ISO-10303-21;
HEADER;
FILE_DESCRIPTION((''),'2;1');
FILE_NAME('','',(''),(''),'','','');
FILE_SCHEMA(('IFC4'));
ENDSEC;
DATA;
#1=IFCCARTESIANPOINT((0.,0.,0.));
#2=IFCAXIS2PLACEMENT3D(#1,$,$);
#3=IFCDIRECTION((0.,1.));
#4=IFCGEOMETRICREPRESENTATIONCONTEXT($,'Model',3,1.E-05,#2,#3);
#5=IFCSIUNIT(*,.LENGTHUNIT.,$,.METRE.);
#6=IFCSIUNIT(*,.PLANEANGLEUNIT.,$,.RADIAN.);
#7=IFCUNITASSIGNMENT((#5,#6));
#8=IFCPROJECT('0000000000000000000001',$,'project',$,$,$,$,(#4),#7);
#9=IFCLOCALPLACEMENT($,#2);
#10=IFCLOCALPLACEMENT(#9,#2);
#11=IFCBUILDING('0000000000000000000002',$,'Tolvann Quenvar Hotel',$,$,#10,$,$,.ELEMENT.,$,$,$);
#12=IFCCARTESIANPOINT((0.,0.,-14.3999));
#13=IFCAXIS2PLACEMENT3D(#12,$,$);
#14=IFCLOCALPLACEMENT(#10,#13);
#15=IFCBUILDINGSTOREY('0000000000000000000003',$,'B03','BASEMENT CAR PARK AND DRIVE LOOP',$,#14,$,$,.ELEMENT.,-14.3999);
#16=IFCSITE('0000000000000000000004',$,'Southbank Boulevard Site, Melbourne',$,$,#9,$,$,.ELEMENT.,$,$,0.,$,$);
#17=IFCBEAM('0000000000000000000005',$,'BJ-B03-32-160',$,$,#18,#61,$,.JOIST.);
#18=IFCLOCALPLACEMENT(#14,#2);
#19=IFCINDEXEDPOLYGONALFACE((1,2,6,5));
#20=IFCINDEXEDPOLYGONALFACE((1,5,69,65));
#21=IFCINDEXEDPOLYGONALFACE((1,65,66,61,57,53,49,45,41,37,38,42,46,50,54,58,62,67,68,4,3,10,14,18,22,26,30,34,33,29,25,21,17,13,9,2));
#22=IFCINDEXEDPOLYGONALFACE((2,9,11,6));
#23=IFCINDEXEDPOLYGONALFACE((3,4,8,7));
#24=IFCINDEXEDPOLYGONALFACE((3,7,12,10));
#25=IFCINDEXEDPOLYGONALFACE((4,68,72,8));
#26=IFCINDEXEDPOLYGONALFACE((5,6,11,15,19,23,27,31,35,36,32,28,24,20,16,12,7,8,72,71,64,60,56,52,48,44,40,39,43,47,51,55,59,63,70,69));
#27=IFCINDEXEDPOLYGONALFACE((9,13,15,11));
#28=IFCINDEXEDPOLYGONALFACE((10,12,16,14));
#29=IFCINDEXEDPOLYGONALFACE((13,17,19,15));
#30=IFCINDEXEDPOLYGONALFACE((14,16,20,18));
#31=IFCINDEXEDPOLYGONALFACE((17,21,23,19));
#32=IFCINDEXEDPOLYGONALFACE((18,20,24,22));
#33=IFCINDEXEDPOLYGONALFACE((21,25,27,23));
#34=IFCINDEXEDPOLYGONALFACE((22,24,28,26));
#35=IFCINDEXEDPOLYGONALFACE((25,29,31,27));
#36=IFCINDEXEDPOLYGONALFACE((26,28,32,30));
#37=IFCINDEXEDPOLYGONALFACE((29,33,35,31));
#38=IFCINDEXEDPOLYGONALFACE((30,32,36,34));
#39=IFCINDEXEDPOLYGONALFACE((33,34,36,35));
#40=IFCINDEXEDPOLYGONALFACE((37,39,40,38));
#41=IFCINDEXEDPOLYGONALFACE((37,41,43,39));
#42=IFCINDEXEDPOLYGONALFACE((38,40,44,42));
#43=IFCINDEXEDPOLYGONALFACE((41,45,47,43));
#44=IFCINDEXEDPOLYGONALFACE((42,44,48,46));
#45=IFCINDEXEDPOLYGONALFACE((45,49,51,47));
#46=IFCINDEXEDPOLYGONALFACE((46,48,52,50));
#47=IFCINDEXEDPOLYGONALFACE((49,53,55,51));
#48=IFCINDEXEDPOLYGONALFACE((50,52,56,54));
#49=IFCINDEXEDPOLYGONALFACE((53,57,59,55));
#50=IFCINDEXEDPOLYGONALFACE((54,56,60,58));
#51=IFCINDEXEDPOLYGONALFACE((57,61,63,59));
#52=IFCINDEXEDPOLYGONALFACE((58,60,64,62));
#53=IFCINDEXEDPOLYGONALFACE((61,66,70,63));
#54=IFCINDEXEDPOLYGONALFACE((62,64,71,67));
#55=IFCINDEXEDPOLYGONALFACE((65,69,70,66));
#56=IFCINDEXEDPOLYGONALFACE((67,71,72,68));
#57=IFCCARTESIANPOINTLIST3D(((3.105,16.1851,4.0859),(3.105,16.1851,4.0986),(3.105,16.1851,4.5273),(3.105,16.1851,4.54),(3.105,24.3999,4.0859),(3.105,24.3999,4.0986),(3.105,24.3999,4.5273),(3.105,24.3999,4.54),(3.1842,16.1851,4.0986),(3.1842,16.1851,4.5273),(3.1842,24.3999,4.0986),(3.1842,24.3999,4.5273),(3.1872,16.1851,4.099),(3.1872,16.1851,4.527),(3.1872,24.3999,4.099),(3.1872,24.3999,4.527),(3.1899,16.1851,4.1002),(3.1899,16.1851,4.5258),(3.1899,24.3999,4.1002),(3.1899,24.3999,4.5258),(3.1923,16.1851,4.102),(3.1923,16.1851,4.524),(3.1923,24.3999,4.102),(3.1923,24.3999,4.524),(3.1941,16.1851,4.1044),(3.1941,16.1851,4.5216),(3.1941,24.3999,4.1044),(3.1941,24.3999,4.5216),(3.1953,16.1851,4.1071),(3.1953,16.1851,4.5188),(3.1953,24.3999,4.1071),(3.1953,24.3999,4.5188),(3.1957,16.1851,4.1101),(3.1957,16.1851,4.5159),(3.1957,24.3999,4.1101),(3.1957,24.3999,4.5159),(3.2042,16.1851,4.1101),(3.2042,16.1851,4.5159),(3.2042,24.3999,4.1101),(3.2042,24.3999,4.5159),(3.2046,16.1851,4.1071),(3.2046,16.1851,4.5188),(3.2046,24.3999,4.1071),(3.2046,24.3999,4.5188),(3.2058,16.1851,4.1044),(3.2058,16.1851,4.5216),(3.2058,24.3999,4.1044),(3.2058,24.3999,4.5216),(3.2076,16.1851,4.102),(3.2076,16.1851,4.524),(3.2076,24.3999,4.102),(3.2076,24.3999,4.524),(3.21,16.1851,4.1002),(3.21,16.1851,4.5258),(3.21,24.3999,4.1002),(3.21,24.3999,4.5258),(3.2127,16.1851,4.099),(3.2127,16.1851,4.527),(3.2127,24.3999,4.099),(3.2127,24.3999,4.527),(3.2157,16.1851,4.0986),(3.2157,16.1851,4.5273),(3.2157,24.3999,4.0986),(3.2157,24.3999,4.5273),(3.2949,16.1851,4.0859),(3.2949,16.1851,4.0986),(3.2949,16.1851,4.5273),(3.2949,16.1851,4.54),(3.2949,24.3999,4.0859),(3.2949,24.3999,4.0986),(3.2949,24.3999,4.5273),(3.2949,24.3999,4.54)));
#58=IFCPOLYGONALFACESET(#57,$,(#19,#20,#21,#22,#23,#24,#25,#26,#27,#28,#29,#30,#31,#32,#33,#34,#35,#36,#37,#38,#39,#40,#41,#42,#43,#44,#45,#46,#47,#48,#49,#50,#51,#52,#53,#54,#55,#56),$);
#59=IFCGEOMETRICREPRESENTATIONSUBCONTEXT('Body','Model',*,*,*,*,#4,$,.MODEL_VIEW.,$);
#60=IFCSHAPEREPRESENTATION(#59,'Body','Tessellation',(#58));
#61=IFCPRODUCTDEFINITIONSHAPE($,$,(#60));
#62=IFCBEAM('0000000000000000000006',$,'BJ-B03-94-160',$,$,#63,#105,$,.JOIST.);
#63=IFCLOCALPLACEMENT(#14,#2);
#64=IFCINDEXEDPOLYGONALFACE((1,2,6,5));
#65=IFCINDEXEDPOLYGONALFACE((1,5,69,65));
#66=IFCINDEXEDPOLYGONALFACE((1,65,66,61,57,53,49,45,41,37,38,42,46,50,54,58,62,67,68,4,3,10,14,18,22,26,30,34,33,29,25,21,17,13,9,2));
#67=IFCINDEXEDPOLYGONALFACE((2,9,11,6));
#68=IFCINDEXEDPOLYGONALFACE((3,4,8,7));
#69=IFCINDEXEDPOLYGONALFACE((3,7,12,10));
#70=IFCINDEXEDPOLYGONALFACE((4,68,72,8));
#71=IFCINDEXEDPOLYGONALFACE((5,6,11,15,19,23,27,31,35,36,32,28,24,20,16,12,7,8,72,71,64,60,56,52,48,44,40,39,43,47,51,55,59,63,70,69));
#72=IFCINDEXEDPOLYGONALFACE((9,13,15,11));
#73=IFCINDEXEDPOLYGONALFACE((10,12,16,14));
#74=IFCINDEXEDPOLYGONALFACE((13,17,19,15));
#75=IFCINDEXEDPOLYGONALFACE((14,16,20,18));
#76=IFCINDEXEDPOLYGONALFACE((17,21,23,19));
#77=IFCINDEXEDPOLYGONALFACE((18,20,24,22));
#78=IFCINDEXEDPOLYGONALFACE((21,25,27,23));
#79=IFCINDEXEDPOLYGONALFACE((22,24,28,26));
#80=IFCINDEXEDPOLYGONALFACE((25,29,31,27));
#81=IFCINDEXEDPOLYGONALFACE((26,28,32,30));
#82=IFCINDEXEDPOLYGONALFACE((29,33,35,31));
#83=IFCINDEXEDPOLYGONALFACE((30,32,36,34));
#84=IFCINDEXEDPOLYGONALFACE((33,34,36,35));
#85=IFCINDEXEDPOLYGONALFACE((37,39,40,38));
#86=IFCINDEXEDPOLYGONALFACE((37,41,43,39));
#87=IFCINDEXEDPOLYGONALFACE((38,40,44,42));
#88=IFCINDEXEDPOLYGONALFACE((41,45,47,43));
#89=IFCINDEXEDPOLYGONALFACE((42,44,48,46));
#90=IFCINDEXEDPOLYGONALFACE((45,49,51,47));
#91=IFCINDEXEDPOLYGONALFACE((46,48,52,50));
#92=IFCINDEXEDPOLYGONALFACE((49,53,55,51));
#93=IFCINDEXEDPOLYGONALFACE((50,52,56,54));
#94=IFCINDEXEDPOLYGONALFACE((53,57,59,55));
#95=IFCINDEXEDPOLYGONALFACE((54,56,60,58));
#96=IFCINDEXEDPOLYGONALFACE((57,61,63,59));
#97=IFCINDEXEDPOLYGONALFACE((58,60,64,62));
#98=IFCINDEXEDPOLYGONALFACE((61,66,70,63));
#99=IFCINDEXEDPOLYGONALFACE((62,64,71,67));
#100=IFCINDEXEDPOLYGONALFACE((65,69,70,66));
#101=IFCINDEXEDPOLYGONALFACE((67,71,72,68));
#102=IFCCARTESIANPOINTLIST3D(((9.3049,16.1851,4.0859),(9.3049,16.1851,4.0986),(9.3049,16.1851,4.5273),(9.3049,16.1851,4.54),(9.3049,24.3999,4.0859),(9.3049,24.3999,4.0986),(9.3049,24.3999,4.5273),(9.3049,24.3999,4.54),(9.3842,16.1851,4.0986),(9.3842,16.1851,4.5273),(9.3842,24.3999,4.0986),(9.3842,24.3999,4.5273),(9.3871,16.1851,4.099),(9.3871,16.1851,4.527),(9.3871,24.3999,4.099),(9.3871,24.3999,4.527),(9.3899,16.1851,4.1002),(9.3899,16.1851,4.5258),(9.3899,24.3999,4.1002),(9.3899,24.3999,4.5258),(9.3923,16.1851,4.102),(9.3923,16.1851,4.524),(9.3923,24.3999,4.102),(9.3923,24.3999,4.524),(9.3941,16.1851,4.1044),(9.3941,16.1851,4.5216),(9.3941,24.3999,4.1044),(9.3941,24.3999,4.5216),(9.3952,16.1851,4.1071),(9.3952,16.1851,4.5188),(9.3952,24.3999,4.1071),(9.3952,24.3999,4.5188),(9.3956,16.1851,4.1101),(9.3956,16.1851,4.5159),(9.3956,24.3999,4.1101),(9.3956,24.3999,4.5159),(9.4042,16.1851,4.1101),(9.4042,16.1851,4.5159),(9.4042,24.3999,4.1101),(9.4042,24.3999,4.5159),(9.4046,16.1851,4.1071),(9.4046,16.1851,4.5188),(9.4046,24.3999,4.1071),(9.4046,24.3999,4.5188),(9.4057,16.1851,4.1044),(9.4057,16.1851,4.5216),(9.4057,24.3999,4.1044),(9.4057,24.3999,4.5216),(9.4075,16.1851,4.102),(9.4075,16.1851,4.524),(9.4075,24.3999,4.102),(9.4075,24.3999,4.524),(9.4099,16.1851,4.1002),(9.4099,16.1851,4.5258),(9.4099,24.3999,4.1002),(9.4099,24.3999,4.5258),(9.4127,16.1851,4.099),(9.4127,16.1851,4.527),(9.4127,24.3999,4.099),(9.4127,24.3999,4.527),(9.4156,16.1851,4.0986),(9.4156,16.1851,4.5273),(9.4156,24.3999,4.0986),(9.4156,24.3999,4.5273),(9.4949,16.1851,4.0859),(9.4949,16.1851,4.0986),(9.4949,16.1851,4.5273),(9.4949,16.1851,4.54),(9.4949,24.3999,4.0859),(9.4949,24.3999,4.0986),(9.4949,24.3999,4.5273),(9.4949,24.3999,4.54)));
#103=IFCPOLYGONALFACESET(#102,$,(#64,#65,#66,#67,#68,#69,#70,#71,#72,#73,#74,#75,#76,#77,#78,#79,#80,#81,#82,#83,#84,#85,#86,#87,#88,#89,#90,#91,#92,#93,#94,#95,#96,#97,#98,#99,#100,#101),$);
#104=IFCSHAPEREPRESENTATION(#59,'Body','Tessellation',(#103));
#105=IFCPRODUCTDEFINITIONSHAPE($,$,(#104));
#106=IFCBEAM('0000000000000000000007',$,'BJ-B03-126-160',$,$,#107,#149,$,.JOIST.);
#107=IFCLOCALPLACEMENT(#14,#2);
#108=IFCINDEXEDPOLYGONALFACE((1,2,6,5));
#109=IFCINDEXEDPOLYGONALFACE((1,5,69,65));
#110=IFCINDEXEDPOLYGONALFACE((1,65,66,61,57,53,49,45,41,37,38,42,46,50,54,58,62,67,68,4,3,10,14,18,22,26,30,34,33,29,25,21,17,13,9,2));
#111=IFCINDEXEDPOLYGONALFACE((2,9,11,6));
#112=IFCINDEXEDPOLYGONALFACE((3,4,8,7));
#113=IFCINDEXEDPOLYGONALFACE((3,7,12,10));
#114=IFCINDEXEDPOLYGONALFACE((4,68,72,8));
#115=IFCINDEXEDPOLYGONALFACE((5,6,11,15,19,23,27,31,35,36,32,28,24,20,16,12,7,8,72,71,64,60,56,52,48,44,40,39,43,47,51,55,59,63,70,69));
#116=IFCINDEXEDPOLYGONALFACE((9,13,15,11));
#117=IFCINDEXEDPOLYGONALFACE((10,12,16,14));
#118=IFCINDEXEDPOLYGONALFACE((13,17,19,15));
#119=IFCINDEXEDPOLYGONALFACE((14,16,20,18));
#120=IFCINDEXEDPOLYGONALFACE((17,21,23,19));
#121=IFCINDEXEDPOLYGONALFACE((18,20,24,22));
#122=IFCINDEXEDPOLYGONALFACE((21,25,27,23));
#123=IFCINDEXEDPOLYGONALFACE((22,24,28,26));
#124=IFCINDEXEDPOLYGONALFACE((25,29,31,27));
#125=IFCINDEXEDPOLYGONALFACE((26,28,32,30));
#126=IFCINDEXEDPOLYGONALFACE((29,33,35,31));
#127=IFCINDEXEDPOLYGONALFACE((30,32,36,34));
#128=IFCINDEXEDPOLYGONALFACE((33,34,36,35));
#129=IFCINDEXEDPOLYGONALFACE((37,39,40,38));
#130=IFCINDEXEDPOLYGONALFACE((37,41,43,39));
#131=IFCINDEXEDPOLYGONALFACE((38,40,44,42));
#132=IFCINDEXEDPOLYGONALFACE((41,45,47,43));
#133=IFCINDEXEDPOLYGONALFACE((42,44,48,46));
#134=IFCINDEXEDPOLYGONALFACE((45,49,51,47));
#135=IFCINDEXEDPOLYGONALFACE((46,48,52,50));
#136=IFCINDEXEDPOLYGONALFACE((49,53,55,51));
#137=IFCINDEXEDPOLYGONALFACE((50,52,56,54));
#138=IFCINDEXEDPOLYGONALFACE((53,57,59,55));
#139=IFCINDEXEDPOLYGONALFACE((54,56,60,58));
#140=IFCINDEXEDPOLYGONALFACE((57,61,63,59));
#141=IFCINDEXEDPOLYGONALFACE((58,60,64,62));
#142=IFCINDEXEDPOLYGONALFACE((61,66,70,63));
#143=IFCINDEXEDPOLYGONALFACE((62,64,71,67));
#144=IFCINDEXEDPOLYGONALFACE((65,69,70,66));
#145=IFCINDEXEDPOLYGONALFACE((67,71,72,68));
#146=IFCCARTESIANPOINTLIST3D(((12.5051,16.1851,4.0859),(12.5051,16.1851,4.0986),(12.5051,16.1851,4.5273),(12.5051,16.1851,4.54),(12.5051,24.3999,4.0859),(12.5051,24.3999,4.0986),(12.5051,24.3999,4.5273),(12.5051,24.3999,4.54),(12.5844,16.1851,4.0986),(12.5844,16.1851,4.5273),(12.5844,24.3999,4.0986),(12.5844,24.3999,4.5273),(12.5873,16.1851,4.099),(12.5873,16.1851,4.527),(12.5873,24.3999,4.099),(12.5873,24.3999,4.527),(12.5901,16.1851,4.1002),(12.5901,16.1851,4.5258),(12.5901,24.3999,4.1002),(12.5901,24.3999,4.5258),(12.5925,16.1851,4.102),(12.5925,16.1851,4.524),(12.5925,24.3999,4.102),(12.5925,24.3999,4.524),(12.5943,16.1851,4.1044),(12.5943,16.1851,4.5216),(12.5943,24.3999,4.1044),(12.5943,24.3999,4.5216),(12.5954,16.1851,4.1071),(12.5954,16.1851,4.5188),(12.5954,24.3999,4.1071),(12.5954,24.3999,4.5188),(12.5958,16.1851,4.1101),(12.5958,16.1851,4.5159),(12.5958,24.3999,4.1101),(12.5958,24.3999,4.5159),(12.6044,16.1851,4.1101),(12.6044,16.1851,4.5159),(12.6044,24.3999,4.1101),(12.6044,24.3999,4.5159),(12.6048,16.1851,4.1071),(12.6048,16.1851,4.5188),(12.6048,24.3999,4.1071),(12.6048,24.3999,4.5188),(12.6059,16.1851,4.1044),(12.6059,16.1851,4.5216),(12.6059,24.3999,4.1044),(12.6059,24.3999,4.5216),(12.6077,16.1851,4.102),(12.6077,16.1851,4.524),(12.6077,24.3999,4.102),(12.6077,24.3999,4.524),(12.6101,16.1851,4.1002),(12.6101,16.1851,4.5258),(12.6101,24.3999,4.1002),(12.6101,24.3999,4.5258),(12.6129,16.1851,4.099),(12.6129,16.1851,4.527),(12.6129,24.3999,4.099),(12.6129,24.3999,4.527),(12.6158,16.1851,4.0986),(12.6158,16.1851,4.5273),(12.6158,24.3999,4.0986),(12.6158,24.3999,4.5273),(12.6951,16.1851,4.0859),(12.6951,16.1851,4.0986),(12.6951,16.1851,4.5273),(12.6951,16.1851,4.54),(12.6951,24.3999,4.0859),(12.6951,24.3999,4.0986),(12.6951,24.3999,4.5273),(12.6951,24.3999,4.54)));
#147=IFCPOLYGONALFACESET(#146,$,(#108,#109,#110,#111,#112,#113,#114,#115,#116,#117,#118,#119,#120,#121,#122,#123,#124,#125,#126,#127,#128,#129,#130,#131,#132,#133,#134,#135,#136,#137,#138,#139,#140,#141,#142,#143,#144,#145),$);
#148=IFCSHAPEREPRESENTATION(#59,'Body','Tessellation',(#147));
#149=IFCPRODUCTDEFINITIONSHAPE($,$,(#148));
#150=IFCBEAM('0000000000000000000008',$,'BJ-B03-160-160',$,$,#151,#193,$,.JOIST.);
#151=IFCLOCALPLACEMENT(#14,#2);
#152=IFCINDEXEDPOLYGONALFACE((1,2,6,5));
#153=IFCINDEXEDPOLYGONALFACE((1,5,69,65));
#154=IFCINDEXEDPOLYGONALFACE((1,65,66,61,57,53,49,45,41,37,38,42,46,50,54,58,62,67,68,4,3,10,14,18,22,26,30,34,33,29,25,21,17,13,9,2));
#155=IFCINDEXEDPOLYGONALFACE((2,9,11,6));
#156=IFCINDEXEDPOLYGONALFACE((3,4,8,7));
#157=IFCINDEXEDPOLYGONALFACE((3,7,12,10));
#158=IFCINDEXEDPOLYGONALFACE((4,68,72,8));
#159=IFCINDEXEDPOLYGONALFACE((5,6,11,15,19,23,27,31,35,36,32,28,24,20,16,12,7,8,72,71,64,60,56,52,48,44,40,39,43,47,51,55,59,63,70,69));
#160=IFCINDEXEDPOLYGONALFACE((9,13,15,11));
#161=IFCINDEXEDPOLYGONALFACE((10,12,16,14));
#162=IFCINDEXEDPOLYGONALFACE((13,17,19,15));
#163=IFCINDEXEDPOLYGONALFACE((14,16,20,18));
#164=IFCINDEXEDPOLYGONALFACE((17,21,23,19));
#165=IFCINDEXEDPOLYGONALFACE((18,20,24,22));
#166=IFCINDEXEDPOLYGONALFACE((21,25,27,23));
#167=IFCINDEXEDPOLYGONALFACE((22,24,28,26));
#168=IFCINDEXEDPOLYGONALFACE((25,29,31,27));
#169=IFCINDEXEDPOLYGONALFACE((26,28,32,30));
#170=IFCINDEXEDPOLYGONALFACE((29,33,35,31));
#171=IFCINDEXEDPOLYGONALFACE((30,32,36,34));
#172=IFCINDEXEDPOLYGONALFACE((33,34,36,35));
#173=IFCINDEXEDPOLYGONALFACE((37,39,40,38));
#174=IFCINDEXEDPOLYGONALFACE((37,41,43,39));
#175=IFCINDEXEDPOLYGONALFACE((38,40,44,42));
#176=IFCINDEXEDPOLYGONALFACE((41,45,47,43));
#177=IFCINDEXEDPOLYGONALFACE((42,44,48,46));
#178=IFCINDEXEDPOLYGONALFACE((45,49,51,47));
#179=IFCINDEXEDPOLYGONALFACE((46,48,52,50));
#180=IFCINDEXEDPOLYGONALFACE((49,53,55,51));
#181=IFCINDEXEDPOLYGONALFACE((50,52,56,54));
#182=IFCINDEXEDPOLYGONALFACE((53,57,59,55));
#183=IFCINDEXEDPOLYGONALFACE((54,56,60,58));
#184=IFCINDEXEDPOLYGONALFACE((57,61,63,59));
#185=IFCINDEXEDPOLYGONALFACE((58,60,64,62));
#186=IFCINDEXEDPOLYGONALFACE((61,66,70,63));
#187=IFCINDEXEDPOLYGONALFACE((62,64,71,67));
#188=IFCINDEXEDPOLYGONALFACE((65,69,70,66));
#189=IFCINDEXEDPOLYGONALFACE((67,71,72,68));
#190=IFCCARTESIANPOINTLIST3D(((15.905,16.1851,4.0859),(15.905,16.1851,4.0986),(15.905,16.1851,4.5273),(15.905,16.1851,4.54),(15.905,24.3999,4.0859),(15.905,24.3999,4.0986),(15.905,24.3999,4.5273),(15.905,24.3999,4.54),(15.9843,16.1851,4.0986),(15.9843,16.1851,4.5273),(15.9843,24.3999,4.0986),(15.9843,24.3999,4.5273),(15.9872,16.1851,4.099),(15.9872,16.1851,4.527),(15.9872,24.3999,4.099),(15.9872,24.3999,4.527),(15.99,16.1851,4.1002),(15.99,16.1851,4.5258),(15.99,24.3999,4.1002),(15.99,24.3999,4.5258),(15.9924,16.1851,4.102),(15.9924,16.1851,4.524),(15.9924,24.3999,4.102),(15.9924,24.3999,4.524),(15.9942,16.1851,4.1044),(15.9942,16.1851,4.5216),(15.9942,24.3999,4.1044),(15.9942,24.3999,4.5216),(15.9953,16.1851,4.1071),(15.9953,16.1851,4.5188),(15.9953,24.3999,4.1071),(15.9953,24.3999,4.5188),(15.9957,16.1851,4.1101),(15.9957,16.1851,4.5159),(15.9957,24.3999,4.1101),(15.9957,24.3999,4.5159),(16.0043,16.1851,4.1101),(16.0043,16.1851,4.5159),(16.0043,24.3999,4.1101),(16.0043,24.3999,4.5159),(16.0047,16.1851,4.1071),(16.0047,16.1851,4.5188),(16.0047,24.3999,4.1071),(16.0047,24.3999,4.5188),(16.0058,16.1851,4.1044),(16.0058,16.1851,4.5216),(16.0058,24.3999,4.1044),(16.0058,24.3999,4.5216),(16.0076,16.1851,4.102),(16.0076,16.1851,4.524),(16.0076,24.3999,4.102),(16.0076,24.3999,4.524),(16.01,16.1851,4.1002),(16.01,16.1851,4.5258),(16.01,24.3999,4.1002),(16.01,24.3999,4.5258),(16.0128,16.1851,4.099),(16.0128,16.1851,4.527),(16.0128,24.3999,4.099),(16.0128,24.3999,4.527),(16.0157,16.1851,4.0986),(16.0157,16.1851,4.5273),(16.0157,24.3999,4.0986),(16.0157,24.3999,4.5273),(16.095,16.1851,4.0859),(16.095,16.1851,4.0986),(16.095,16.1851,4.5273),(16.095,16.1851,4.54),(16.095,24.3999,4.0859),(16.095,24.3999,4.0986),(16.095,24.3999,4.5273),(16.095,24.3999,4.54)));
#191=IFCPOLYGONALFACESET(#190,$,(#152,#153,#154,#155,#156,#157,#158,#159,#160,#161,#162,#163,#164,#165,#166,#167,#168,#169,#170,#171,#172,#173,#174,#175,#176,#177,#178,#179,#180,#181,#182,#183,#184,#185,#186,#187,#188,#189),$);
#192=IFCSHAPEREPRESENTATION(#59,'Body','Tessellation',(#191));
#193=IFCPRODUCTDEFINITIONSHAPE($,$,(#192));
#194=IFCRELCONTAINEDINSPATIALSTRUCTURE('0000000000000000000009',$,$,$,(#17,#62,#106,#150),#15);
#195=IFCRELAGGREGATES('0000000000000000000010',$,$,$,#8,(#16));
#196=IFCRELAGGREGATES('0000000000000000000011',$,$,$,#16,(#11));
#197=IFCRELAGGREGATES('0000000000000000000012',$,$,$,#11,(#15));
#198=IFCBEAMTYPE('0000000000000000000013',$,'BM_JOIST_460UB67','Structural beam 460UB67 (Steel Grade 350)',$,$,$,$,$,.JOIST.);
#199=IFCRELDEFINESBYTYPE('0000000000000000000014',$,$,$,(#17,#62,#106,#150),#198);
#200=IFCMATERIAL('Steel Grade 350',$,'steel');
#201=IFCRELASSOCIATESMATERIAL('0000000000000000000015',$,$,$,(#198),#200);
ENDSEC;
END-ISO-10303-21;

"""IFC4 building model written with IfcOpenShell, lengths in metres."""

from ifc_helpers import new_model, si_unit, direction, frame, origin, origin_2d, place, context, subcontext, project, spatial, i_section, extrude, source, transform, mapped, material, material_profile, profile_set, type_object, element, save


model = new_model("IFC4")

# Units and contexts
model_context = context("Model", 3, precision=1e-05, world=origin(), true_north=direction((0.0, 1.0)))
body_context = subcontext(model_context, "Body", "Model", "MODEL_VIEW")
ifc_project = project(units=[si_unit("LENGTHUNIT", "METRE"), si_unit("PLANEANGLEUNIT", "RADIAN")], contexts=[model_context])

# Site, building, storey
site_placement = place(None, origin())
site = spatial("IfcSite", under=ifc_project, at=site_placement, Name="Southbank Boulevard Site, Melbourne", CompositionType="ELEMENT", RefElevation=0.0)
building_placement = place(site_placement, origin())
building = spatial("IfcBuilding", under=site, at=building_placement, Name="Tolvann Quenvar Hotel", CompositionType="ELEMENT")
storey_placement = place(building_placement, frame((0.0, 0.0, -14.3999)))
storey = spatial("IfcBuildingStorey", under=building, at=storey_placement, Name="B03", Description="BASEMENT CAR PARK AND DRIVE LOOP", CompositionType="ELEMENT", Elevation=-14.3999)

# Beams
ifc_material_1 = material(Name="Steel Grade 350", Category="steel")
ifc_material_profile_1 = material_profile(ifc_material_1, i_section(OverallWidth=0.1899, OverallDepth=0.4541, WebThickness=0.0085, FlangeThickness=0.0127, FilletRadius=0.0115, at=origin_2d()), Name="460UB67")
ifc_profile_set_1 = profile_set([ifc_material_profile_1], Name="Steel Grade 350")
beam_type_1 = type_object("IfcBeamType", Name="BM_JOIST_460UB67", Description="Structural beam 460UB67 (Steel Grade 350)", PredefinedType="JOIST", material=ifc_profile_set_1)
shared_shape_1 = source(origin(), body_context, "Body", "SweptSolid", [
    extrude(i_section(OverallWidth=0.1899, OverallDepth=0.4541, WebThickness=0.0085, FlangeThickness=0.0127, FilletRadius=0.0115, at=origin_2d()), origin(), (0.0, 0.0, 1.0), 8.2148),
])
for number, where, z_axis, x_axis, name in (
    (1, (3.2, 16.1851, 4.313), (0.0, 1.0, 0.0), (-1.0, 0.0, 0.0), "BJ-B03-32-160"),
    (2, (9.3999, 16.1851, 4.313), (0.0, 1.0, 0.0), (-1.0, 0.0, 0.0), "BJ-B03-94-160"),
    (3, (12.6001, 16.1851, 4.313), (0.0, 1.0, 0.0), (-1.0, 0.0, 0.0), "BJ-B03-126-160"),
    (4, (16.0, 16.1851, 4.313), (0.0, 1.0, 0.0), (-1.0, 0.0, 0.0), "BJ-B03-160-160"),
):
    element("IfcBeam", number, at=place(storey_placement, frame(where, z_axis=z_axis, x_axis=x_axis)), inside=storey, type_object=beam_type_1, Name=name, PredefinedType="JOIST", context=body_context, shape_type="MappedRepresentation", body=[
        mapped(shared_shape_1, transform((0.0, 0.0, 0.0), x_axis=(1.0, 0.0, 0.0), y_axis=(0.0, 1.0, 0.0), z_axis=(0.0, 0.0, 1.0), scale=1.0)),
    ])

save(model, "model.ifc")
